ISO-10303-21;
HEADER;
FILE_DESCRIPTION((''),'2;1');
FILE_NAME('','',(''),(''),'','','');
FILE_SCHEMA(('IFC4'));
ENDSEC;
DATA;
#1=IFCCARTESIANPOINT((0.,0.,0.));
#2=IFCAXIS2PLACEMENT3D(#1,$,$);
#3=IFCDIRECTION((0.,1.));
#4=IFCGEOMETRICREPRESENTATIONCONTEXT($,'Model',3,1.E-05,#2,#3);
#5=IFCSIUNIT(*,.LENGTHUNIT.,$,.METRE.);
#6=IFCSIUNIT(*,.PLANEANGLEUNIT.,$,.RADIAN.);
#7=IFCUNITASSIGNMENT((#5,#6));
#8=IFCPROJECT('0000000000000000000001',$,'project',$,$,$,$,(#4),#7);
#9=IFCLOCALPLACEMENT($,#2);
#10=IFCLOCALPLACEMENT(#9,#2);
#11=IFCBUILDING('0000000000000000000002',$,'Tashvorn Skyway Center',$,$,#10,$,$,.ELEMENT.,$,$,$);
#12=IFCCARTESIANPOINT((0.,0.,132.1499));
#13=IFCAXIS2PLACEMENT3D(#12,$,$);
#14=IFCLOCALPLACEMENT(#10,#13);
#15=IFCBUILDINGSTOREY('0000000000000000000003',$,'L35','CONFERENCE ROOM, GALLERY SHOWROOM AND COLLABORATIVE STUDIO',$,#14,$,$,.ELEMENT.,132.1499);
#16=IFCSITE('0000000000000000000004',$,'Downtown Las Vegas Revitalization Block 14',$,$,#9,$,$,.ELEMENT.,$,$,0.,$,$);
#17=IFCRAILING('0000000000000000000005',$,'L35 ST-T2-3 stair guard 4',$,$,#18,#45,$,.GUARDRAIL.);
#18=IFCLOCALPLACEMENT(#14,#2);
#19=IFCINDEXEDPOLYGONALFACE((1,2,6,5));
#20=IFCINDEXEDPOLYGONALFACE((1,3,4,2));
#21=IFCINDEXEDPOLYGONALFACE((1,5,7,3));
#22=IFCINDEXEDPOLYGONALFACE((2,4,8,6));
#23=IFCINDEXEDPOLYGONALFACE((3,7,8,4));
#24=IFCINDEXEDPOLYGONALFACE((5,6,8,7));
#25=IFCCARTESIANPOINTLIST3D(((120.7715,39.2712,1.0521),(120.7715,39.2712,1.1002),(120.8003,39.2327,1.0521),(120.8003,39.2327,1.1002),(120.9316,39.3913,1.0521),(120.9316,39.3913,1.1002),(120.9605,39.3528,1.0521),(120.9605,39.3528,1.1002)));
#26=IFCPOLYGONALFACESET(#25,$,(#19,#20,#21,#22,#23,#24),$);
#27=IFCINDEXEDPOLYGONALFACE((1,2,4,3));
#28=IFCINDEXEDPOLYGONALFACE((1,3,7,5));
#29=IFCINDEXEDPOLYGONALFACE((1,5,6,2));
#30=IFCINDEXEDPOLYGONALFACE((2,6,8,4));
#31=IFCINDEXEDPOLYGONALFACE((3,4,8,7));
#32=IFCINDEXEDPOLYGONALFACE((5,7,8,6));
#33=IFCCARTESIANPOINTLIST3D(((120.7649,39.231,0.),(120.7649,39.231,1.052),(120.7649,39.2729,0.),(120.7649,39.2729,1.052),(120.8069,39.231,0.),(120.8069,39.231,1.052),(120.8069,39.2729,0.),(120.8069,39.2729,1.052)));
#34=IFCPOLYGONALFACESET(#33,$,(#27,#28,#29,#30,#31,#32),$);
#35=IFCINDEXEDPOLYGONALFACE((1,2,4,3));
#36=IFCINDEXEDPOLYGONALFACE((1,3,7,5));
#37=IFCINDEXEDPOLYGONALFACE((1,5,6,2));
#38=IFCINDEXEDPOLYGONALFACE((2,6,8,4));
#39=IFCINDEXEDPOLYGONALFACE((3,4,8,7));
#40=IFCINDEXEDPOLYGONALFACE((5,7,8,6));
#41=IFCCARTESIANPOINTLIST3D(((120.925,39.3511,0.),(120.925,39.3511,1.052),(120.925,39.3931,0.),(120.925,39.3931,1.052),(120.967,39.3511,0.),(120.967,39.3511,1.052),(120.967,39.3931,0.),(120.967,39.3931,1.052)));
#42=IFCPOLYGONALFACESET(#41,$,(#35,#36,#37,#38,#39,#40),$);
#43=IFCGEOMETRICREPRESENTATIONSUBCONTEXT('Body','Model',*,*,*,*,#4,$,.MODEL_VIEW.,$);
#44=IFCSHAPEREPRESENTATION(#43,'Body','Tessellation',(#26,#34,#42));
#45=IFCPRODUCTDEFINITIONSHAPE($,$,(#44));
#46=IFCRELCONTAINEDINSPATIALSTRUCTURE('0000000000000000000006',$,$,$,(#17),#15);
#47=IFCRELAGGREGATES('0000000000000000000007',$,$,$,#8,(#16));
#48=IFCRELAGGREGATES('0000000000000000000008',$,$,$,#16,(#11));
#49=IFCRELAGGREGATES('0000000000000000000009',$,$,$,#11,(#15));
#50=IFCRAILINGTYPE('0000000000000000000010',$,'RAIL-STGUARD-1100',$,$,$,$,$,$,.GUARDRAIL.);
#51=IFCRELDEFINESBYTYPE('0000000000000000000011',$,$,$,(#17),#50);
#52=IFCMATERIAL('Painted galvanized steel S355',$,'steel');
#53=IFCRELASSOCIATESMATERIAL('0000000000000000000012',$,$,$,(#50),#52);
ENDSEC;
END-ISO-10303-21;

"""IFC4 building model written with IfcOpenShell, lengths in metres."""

from ifc_helpers import new_model, si_unit, direction, frame, origin, origin_2d, place, context, subcontext, project, spatial, rectangle, extrude, material, type_object, element, save


model = new_model("IFC4")

# Units and contexts
model_context = context("Model", 3, precision=1e-05, world=origin(), true_north=direction((0.0, 1.0)))
body_context = subcontext(model_context, "Body", "Model", "MODEL_VIEW")
ifc_project = project(units=[si_unit("LENGTHUNIT", "METRE"), si_unit("PLANEANGLEUNIT", "RADIAN")], contexts=[model_context])

# Site, building, storey
site_placement = place(None, origin())
site = spatial("IfcSite", under=ifc_project, at=site_placement, Name="Downtown Las Vegas Revitalization Block 14", CompositionType="ELEMENT", RefElevation=0.0)
building_placement = place(site_placement, origin())
building = spatial("IfcBuilding", under=site, at=building_placement, Name="Tashvorn Skyway Center", CompositionType="ELEMENT")
storey_placement = place(building_placement, frame((0.0, 0.0, 132.1499)))
storey = spatial("IfcBuildingStorey", under=building, at=storey_placement, Name="L35", Description="CONFERENCE ROOM, GALLERY SHOWROOM AND COLLABORATIVE STUDIO", CompositionType="ELEMENT", Elevation=132.1499)

# Railing
ifc_material_1 = material(Name="Painted galvanized steel S355", Category="steel")
railing_type_1 = type_object("IfcRailingType", Name="RAIL-STGUARD-1100", PredefinedType="GUARDRAIL", material=ifc_material_1)
railing_1_placement = place(storey_placement, frame((120.7859, 39.252, 0.0)))
element("IfcRailing", 1, at=railing_1_placement, inside=storey, type_object=railing_type_1, Name="L35 ST-T2-3 stair guard 4", PredefinedType="GUARDRAIL", context=body_context, shape_type="SweptSolid", body=[
    extrude(rectangle(XDim=0.0481, YDim=0.0481, at=origin_2d()), frame((0.0, 0.0, 1.0762), z_axis=(0.8, 0.6, 0.0), x_axis=(-0.6, 0.8, 0.0)), (0.0, 0.0, 1.0), 0.2002),
    extrude(rectangle(XDim=0.042, YDim=0.042, at=origin_2d()), origin(), (0.0, 0.0, 1.0), 1.052),
    extrude(rectangle(XDim=0.042, YDim=0.042, at=origin_2d()), frame((0.1602, 0.1201, 0.0)), (0.0, 0.0, 1.0), 1.052),
])

save(model, "model.ifc")
